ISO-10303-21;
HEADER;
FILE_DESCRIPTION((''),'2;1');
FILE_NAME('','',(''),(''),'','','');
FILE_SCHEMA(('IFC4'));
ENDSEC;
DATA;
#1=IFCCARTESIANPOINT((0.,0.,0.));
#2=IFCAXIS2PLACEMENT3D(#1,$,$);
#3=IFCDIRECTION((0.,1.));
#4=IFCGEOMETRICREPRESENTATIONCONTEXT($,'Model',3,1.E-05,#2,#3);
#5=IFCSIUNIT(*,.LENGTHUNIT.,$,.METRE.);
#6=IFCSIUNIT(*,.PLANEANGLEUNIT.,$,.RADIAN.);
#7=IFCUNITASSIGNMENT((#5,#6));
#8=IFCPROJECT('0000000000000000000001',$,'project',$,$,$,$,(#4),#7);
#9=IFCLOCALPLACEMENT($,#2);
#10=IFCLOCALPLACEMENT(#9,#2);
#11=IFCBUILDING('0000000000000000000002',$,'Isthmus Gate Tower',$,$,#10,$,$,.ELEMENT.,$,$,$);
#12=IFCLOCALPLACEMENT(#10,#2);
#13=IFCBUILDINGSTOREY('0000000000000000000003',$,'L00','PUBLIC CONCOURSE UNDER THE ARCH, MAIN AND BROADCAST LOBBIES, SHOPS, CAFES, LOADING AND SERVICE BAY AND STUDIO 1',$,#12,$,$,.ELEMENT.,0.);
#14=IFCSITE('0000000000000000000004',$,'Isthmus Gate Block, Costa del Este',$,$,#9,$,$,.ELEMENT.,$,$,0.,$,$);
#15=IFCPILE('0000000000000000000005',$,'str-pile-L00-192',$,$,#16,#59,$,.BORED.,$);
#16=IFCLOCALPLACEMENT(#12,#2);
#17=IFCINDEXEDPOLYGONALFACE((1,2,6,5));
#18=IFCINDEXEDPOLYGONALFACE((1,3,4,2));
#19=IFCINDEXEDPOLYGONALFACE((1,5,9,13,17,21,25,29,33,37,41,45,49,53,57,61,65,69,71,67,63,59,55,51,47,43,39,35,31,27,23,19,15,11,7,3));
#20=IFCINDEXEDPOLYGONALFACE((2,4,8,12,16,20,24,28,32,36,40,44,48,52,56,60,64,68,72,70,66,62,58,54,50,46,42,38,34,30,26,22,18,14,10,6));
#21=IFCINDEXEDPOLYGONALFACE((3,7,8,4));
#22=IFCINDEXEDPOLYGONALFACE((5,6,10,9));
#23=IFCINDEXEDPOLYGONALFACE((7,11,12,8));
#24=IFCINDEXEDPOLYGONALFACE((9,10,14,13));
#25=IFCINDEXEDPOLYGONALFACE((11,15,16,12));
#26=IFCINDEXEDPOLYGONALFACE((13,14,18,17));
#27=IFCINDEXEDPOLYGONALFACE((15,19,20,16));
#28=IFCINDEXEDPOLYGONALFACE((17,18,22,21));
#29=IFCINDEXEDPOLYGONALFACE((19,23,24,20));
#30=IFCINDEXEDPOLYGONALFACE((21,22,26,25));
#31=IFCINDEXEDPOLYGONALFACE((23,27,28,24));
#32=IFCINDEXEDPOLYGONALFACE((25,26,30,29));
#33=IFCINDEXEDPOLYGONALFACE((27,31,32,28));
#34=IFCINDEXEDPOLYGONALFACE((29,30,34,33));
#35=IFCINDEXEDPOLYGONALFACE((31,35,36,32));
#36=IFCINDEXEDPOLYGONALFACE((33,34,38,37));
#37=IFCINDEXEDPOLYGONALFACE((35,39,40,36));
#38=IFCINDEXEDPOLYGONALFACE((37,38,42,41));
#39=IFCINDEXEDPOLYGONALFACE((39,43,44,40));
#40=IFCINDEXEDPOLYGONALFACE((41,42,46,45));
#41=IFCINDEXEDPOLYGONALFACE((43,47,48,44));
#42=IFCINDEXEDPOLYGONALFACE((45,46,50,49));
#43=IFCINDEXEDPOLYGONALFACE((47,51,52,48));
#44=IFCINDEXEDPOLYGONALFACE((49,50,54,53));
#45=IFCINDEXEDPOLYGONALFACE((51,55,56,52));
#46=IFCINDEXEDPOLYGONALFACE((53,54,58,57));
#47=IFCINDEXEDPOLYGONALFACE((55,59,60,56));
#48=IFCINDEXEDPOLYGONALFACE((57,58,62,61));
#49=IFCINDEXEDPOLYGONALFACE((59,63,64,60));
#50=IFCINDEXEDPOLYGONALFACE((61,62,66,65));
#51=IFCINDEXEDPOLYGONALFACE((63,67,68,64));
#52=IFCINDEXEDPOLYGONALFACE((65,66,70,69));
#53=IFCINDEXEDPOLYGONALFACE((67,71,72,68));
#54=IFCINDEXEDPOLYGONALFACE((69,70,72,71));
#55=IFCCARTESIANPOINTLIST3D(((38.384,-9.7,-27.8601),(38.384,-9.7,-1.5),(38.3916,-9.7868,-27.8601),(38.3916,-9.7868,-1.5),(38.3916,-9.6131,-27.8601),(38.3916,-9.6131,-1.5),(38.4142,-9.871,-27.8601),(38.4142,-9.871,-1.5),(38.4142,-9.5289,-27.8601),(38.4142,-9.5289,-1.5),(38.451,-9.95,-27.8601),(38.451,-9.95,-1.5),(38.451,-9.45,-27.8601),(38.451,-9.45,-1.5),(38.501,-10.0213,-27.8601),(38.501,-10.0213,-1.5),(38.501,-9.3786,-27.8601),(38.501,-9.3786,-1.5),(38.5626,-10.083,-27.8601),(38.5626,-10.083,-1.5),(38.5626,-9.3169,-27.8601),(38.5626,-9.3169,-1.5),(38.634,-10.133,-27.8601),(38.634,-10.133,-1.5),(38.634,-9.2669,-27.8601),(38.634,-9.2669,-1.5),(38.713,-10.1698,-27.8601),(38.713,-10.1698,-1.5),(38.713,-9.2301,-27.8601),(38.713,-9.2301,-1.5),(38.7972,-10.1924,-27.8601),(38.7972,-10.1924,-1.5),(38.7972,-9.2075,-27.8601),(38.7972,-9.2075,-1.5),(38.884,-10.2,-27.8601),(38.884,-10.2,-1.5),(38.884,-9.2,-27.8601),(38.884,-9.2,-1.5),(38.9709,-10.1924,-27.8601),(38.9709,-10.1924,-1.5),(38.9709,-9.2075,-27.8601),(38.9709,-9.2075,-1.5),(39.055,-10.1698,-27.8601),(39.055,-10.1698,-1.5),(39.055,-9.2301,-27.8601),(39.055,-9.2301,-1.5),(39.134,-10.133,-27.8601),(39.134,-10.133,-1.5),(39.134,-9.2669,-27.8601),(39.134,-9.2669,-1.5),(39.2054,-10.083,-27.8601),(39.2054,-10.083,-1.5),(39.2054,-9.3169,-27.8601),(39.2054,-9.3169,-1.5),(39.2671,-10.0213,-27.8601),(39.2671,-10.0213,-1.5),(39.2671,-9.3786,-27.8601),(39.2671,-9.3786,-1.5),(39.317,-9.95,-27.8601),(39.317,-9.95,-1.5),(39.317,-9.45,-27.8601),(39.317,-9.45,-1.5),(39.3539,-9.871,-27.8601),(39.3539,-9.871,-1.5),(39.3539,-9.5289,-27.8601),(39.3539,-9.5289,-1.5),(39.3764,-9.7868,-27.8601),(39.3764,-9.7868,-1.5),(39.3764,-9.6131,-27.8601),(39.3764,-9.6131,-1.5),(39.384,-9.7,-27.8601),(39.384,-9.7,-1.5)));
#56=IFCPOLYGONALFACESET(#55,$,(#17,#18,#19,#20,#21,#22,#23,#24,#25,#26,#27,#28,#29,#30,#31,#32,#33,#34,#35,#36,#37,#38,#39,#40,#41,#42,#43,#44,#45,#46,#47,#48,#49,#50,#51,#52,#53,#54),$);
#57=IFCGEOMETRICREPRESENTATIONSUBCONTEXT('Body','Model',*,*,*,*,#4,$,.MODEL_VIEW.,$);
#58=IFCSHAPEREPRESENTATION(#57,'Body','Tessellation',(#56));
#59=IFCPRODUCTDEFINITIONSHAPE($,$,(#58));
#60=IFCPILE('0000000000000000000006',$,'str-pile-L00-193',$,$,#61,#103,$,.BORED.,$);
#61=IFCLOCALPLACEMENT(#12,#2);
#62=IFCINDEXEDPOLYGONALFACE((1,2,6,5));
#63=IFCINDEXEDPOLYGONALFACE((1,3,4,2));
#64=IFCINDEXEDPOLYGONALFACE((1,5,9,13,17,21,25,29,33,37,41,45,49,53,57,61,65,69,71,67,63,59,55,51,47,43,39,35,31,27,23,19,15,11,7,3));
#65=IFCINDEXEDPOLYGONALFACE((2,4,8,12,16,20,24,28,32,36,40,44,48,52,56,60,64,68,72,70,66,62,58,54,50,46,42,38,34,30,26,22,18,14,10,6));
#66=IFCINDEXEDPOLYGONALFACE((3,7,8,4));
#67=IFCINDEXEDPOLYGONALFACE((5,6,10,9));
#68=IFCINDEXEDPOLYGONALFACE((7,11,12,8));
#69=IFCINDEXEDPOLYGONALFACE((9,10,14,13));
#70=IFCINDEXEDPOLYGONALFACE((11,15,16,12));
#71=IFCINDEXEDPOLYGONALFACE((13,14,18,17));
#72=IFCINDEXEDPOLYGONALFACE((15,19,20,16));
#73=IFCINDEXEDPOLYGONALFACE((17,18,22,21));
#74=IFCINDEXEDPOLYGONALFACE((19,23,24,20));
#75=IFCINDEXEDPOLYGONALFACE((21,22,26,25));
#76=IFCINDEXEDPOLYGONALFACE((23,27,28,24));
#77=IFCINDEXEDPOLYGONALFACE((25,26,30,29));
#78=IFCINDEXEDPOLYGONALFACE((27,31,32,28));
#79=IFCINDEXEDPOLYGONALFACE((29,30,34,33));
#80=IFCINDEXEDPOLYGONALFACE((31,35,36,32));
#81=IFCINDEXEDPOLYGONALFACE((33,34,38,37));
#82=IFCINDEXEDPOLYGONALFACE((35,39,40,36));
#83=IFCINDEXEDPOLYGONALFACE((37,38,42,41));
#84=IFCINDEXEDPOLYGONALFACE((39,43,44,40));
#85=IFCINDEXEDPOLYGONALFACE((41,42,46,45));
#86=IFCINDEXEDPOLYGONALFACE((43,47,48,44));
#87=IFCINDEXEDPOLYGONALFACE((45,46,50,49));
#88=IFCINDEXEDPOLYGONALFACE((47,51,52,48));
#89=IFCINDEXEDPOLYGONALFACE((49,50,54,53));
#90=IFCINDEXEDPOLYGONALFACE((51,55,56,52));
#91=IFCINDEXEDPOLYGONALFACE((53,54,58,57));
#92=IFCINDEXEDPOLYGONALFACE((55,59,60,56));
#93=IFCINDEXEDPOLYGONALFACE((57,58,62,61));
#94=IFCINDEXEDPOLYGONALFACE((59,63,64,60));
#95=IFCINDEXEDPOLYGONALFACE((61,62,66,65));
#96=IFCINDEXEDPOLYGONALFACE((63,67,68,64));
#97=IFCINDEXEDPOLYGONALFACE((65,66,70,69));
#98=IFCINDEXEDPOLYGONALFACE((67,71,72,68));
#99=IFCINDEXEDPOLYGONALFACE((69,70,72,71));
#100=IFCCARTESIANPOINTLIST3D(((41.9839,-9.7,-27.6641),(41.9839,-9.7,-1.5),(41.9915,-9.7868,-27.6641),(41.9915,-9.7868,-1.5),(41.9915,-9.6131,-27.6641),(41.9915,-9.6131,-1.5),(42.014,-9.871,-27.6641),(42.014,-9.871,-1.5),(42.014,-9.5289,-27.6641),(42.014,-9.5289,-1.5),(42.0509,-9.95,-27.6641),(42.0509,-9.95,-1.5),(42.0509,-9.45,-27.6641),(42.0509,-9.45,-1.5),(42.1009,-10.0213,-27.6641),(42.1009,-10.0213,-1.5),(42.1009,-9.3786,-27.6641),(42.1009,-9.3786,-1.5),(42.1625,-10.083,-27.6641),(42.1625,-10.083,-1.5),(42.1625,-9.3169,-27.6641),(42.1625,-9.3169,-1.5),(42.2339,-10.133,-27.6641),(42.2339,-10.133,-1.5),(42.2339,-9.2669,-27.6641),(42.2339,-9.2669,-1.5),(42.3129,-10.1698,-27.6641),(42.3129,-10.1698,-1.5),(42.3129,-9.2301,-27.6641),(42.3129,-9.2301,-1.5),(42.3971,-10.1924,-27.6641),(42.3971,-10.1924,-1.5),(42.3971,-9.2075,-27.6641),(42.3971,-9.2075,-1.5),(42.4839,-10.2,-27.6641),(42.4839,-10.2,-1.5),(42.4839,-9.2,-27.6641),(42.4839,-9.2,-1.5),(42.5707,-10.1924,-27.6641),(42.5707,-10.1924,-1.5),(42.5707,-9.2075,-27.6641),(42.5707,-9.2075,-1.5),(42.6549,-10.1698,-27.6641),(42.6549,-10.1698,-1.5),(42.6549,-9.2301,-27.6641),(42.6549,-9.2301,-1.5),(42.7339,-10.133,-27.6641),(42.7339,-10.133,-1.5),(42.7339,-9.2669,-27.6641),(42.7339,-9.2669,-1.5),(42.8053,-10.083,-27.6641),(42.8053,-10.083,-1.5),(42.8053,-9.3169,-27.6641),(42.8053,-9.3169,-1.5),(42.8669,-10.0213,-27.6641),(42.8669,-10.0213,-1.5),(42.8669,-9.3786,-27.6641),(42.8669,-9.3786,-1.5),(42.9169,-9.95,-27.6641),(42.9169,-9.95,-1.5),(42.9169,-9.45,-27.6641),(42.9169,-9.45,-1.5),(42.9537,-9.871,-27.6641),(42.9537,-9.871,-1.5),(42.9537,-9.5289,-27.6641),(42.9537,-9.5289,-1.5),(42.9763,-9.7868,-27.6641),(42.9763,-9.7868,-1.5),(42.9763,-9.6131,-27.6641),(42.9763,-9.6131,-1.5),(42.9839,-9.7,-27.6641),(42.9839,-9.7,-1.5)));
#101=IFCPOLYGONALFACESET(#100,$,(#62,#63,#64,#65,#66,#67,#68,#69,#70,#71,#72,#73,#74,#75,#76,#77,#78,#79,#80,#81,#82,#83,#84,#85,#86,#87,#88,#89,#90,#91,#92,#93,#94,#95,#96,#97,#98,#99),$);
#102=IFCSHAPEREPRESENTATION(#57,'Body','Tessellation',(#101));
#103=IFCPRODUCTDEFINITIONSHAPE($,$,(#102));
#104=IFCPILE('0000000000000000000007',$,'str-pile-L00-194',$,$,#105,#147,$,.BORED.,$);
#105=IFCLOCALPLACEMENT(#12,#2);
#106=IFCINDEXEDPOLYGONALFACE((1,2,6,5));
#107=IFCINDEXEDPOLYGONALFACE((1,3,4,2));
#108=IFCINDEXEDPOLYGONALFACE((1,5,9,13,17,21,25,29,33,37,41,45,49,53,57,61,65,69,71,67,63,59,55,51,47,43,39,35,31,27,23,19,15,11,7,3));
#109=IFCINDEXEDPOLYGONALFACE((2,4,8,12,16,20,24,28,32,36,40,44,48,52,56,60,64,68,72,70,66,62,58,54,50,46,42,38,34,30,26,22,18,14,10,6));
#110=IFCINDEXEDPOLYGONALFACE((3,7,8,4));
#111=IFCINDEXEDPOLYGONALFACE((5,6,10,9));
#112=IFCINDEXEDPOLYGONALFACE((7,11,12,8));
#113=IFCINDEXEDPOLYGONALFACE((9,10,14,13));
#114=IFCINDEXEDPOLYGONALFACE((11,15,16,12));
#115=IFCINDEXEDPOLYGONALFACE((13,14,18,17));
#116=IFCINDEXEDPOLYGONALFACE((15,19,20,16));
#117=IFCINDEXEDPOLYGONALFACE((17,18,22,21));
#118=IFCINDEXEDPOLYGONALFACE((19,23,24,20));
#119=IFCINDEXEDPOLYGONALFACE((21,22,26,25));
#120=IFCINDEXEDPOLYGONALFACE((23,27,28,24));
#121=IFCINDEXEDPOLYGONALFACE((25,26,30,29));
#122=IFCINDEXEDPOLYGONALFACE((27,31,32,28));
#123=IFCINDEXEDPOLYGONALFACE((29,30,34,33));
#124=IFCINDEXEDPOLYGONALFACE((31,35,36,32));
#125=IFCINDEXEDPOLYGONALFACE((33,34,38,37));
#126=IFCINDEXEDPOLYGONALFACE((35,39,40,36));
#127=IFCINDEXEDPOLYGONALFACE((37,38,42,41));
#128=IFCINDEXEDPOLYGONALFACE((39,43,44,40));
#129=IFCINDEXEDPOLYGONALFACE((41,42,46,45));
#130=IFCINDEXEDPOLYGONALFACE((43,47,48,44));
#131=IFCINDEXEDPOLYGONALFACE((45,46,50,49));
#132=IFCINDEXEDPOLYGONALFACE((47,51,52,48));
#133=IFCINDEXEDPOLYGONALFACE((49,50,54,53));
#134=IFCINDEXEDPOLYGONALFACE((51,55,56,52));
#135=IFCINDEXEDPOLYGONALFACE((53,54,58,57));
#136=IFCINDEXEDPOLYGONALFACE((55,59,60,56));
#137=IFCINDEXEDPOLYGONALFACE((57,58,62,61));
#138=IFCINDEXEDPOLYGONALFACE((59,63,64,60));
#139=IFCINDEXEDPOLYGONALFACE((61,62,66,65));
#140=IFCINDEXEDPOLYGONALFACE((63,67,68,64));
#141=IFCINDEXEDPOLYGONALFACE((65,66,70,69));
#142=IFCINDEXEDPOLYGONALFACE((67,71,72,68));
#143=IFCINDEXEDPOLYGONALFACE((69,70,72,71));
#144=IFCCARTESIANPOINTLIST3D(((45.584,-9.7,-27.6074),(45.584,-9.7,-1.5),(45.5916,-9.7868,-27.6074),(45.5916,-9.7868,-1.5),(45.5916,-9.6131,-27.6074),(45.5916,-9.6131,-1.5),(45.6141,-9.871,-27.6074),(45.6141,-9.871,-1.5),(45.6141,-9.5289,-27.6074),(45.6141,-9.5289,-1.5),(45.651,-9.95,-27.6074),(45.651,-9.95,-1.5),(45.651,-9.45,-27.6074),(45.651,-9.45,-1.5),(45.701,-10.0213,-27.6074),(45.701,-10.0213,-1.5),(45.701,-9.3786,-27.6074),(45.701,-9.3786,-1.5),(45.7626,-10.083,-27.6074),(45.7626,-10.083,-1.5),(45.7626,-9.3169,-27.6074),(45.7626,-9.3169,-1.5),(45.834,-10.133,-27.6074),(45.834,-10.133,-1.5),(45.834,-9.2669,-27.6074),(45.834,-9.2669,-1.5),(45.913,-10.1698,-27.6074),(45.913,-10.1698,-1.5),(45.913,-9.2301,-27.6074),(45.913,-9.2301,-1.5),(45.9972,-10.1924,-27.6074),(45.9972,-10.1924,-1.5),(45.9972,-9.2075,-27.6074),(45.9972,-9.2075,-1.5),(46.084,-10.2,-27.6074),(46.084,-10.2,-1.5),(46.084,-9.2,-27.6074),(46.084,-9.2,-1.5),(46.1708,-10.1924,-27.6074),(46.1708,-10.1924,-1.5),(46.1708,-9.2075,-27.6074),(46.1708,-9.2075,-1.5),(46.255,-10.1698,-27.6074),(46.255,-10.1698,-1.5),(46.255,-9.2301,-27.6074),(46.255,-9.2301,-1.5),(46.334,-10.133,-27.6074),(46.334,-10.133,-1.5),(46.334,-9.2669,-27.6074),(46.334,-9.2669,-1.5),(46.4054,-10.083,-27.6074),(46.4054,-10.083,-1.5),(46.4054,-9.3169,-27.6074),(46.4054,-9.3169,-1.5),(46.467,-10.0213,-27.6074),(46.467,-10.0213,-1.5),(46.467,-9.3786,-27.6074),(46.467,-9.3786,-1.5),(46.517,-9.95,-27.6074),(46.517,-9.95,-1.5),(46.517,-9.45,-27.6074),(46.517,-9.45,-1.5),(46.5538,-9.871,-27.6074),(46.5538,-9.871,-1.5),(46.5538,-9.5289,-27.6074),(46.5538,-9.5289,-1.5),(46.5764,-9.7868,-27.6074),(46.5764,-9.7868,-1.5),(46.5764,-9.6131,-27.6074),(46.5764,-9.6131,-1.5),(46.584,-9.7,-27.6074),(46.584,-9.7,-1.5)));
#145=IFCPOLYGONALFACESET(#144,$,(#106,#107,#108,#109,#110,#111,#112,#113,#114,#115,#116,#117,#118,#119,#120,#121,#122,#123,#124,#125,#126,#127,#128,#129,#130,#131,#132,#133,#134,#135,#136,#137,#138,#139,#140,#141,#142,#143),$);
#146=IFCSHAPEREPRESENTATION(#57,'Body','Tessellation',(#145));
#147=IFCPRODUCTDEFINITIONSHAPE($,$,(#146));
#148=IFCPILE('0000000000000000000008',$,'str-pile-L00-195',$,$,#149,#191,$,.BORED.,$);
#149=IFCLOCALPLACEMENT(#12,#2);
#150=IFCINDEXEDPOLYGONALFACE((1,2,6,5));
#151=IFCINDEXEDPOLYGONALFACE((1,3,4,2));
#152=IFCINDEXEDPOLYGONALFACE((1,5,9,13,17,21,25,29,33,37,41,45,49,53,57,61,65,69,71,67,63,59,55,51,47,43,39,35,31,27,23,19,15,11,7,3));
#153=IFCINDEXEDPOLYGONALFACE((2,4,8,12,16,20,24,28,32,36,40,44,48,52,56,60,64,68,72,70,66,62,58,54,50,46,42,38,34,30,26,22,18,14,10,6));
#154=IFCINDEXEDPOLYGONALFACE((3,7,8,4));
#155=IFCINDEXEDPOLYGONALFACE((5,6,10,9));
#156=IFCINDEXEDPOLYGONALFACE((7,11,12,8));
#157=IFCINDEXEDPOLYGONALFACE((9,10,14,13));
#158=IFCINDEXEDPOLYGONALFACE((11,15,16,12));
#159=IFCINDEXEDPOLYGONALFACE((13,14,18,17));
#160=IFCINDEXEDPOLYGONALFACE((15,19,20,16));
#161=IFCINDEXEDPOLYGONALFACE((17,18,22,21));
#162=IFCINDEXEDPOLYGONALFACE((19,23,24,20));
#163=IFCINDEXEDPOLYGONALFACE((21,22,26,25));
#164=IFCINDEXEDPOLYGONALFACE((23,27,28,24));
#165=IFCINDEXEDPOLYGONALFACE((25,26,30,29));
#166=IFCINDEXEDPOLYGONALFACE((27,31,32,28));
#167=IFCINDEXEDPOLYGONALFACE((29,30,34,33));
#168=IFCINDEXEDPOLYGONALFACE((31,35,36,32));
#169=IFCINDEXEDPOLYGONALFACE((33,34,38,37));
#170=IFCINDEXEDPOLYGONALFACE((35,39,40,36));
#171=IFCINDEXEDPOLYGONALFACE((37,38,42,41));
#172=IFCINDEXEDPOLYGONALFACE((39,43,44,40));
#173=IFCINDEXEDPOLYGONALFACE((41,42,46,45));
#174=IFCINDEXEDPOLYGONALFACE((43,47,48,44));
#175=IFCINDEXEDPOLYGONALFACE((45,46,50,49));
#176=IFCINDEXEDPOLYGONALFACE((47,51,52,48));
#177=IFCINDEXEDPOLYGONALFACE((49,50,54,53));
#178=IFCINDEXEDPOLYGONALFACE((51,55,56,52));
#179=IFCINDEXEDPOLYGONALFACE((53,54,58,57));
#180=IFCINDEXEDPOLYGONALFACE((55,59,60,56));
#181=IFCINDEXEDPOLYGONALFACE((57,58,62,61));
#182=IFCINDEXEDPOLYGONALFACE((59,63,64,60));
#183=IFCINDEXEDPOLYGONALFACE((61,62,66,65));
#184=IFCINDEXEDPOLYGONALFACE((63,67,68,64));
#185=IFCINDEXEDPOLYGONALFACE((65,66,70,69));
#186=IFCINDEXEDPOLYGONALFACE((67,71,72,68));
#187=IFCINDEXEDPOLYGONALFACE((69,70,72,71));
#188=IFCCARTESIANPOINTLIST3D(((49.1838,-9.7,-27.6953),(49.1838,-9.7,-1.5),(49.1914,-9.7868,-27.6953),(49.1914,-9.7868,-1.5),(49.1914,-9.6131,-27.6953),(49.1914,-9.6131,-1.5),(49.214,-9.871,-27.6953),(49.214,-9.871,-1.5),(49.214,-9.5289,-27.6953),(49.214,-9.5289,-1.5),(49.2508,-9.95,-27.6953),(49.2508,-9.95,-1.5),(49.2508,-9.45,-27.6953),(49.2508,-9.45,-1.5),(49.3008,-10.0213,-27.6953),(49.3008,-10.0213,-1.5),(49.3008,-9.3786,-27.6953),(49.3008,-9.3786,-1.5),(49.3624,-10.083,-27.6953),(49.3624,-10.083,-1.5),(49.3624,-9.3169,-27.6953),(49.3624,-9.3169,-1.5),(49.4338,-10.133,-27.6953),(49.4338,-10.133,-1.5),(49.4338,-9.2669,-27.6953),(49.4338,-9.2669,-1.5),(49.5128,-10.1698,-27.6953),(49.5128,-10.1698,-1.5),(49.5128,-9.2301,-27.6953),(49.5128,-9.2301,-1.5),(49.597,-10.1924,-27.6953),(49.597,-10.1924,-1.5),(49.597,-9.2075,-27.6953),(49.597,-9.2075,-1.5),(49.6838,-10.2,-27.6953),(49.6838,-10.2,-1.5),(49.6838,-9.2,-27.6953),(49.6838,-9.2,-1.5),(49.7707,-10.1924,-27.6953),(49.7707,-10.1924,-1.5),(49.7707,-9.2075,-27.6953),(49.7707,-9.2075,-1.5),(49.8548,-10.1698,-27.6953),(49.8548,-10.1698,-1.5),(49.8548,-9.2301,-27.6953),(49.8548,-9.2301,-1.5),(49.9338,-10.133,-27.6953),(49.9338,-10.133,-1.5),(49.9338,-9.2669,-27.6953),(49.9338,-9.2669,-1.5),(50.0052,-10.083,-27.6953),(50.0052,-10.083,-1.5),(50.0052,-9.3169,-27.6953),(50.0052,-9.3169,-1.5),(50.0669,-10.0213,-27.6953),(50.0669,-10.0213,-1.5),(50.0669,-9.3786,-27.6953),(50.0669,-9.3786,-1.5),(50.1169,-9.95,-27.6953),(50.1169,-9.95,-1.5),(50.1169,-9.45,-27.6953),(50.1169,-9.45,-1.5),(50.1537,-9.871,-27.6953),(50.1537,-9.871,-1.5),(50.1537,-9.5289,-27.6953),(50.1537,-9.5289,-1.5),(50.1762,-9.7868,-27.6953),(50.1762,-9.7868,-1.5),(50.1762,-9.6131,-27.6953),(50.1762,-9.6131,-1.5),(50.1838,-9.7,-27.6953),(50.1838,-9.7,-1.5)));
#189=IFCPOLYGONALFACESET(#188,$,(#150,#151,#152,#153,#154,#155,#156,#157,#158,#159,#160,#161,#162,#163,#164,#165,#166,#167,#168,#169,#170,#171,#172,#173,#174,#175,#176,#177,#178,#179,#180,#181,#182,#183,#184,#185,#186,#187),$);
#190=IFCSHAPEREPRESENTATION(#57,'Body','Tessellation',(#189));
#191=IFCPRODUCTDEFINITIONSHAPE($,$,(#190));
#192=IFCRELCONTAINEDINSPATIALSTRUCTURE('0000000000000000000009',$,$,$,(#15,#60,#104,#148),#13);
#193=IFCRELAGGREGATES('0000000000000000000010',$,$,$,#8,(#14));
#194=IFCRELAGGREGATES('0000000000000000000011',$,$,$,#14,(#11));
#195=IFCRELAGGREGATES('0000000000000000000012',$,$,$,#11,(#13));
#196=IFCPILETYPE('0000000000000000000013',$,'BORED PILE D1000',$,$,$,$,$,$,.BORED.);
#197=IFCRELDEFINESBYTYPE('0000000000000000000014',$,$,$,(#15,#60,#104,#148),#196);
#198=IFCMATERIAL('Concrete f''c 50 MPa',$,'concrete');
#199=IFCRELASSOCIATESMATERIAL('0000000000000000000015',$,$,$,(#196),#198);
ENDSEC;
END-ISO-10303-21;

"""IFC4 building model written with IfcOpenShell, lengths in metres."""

from ifc_helpers import new_model, si_unit, direction, frame, origin, origin_2d, place, context, subcontext, project, spatial, circle, extrude, material, material_profile, profile_set, type_object, element, save


model = new_model("IFC4")

# Units and contexts
model_context = context("Model", 3, precision=1e-05, world=origin(), true_north=direction((0.0, 1.0)))
body_context = subcontext(model_context, "Body", "Model", "MODEL_VIEW")
ifc_project = project(units=[si_unit("LENGTHUNIT", "METRE"), si_unit("PLANEANGLEUNIT", "RADIAN")], contexts=[model_context])

# Site, building, storey
site_placement = place(None, origin())
site = spatial("IfcSite", under=ifc_project, at=site_placement, Name="Isthmus Gate Block, Costa del Este", CompositionType="ELEMENT", RefElevation=0.0)
building_placement = place(site_placement, origin())
building = spatial("IfcBuilding", under=site, at=building_placement, Name="Isthmus Gate Tower", CompositionType="ELEMENT")
storey_placement = place(building_placement, origin())
storey = spatial("IfcBuildingStorey", under=building, at=storey_placement, Name="L00", Description="PUBLIC CONCOURSE UNDER THE ARCH, MAIN AND BROADCAST LOBBIES, SHOPS, CAFES, LOADING AND SERVICE BAY AND STUDIO 1", CompositionType="ELEMENT", Elevation=0.0)

# Piles
ifc_material_1 = material(Name="Concrete f'c 50 MPa", Category="concrete")
ifc_material_profile_1 = material_profile(ifc_material_1, circle(Radius=0.5, at=origin_2d()), Name="D1000")
ifc_profile_set_1 = profile_set([ifc_material_profile_1], Name="Concrete f'c 50 MPa")
pile_type = type_object("IfcPileType", Name="BORED PILE D1000", PredefinedType="BORED", material=ifc_profile_set_1)
pile_1_placement = place(storey_placement, frame((38.884, -9.7, -1.5), z_axis=(0.0, 0.0, -1.0), x_axis=(1.0, 0.0, 0.0)))
element("IfcPile", 1, at=pile_1_placement, inside=storey, type_object=pile_type, Name="str-pile-L00-192", PredefinedType="BORED", context=body_context, shape_type="SweptSolid", body=[
    extrude(circle(Radius=0.5, at=origin_2d()), origin(), (0.0, 0.0, 1.0), 26.3601),
])
pile_2_placement = place(storey_placement, frame((42.4839, -9.7, -1.5), z_axis=(0.0, 0.0, -1.0), x_axis=(1.0, 0.0, 0.0)))
element("IfcPile", 2, at=pile_2_placement, inside=storey, type_object=pile_type, Name="str-pile-L00-193", PredefinedType="BORED", context=body_context, shape_type="SweptSolid", body=[
    extrude(circle(Radius=0.5, at=origin_2d()), origin(), (0.0, 0.0, 1.0), 26.1641),
])
pile_3_placement = place(storey_placement, frame((46.084, -9.7, -1.5), z_axis=(0.0, 0.0, -1.0), x_axis=(1.0, 0.0, 0.0)))
element("IfcPile", 3, at=pile_3_placement, inside=storey, type_object=pile_type, Name="str-pile-L00-194", PredefinedType="BORED", context=body_context, shape_type="SweptSolid", body=[
    extrude(circle(Radius=0.5, at=origin_2d()), origin(), (0.0, 0.0, 1.0), 26.1074),
])
pile_4_placement = place(storey_placement, frame((49.6838, -9.7, -1.5), z_axis=(0.0, 0.0, -1.0), x_axis=(1.0, 0.0, 0.0)))
element("IfcPile", 4, at=pile_4_placement, inside=storey, type_object=pile_type, Name="str-pile-L00-195", PredefinedType="BORED", context=body_context, shape_type="SweptSolid", body=[
    extrude(circle(Radius=0.5, at=origin_2d()), origin(), (0.0, 0.0, 1.0), 26.1953),
])

save(model, "model.ifc")
